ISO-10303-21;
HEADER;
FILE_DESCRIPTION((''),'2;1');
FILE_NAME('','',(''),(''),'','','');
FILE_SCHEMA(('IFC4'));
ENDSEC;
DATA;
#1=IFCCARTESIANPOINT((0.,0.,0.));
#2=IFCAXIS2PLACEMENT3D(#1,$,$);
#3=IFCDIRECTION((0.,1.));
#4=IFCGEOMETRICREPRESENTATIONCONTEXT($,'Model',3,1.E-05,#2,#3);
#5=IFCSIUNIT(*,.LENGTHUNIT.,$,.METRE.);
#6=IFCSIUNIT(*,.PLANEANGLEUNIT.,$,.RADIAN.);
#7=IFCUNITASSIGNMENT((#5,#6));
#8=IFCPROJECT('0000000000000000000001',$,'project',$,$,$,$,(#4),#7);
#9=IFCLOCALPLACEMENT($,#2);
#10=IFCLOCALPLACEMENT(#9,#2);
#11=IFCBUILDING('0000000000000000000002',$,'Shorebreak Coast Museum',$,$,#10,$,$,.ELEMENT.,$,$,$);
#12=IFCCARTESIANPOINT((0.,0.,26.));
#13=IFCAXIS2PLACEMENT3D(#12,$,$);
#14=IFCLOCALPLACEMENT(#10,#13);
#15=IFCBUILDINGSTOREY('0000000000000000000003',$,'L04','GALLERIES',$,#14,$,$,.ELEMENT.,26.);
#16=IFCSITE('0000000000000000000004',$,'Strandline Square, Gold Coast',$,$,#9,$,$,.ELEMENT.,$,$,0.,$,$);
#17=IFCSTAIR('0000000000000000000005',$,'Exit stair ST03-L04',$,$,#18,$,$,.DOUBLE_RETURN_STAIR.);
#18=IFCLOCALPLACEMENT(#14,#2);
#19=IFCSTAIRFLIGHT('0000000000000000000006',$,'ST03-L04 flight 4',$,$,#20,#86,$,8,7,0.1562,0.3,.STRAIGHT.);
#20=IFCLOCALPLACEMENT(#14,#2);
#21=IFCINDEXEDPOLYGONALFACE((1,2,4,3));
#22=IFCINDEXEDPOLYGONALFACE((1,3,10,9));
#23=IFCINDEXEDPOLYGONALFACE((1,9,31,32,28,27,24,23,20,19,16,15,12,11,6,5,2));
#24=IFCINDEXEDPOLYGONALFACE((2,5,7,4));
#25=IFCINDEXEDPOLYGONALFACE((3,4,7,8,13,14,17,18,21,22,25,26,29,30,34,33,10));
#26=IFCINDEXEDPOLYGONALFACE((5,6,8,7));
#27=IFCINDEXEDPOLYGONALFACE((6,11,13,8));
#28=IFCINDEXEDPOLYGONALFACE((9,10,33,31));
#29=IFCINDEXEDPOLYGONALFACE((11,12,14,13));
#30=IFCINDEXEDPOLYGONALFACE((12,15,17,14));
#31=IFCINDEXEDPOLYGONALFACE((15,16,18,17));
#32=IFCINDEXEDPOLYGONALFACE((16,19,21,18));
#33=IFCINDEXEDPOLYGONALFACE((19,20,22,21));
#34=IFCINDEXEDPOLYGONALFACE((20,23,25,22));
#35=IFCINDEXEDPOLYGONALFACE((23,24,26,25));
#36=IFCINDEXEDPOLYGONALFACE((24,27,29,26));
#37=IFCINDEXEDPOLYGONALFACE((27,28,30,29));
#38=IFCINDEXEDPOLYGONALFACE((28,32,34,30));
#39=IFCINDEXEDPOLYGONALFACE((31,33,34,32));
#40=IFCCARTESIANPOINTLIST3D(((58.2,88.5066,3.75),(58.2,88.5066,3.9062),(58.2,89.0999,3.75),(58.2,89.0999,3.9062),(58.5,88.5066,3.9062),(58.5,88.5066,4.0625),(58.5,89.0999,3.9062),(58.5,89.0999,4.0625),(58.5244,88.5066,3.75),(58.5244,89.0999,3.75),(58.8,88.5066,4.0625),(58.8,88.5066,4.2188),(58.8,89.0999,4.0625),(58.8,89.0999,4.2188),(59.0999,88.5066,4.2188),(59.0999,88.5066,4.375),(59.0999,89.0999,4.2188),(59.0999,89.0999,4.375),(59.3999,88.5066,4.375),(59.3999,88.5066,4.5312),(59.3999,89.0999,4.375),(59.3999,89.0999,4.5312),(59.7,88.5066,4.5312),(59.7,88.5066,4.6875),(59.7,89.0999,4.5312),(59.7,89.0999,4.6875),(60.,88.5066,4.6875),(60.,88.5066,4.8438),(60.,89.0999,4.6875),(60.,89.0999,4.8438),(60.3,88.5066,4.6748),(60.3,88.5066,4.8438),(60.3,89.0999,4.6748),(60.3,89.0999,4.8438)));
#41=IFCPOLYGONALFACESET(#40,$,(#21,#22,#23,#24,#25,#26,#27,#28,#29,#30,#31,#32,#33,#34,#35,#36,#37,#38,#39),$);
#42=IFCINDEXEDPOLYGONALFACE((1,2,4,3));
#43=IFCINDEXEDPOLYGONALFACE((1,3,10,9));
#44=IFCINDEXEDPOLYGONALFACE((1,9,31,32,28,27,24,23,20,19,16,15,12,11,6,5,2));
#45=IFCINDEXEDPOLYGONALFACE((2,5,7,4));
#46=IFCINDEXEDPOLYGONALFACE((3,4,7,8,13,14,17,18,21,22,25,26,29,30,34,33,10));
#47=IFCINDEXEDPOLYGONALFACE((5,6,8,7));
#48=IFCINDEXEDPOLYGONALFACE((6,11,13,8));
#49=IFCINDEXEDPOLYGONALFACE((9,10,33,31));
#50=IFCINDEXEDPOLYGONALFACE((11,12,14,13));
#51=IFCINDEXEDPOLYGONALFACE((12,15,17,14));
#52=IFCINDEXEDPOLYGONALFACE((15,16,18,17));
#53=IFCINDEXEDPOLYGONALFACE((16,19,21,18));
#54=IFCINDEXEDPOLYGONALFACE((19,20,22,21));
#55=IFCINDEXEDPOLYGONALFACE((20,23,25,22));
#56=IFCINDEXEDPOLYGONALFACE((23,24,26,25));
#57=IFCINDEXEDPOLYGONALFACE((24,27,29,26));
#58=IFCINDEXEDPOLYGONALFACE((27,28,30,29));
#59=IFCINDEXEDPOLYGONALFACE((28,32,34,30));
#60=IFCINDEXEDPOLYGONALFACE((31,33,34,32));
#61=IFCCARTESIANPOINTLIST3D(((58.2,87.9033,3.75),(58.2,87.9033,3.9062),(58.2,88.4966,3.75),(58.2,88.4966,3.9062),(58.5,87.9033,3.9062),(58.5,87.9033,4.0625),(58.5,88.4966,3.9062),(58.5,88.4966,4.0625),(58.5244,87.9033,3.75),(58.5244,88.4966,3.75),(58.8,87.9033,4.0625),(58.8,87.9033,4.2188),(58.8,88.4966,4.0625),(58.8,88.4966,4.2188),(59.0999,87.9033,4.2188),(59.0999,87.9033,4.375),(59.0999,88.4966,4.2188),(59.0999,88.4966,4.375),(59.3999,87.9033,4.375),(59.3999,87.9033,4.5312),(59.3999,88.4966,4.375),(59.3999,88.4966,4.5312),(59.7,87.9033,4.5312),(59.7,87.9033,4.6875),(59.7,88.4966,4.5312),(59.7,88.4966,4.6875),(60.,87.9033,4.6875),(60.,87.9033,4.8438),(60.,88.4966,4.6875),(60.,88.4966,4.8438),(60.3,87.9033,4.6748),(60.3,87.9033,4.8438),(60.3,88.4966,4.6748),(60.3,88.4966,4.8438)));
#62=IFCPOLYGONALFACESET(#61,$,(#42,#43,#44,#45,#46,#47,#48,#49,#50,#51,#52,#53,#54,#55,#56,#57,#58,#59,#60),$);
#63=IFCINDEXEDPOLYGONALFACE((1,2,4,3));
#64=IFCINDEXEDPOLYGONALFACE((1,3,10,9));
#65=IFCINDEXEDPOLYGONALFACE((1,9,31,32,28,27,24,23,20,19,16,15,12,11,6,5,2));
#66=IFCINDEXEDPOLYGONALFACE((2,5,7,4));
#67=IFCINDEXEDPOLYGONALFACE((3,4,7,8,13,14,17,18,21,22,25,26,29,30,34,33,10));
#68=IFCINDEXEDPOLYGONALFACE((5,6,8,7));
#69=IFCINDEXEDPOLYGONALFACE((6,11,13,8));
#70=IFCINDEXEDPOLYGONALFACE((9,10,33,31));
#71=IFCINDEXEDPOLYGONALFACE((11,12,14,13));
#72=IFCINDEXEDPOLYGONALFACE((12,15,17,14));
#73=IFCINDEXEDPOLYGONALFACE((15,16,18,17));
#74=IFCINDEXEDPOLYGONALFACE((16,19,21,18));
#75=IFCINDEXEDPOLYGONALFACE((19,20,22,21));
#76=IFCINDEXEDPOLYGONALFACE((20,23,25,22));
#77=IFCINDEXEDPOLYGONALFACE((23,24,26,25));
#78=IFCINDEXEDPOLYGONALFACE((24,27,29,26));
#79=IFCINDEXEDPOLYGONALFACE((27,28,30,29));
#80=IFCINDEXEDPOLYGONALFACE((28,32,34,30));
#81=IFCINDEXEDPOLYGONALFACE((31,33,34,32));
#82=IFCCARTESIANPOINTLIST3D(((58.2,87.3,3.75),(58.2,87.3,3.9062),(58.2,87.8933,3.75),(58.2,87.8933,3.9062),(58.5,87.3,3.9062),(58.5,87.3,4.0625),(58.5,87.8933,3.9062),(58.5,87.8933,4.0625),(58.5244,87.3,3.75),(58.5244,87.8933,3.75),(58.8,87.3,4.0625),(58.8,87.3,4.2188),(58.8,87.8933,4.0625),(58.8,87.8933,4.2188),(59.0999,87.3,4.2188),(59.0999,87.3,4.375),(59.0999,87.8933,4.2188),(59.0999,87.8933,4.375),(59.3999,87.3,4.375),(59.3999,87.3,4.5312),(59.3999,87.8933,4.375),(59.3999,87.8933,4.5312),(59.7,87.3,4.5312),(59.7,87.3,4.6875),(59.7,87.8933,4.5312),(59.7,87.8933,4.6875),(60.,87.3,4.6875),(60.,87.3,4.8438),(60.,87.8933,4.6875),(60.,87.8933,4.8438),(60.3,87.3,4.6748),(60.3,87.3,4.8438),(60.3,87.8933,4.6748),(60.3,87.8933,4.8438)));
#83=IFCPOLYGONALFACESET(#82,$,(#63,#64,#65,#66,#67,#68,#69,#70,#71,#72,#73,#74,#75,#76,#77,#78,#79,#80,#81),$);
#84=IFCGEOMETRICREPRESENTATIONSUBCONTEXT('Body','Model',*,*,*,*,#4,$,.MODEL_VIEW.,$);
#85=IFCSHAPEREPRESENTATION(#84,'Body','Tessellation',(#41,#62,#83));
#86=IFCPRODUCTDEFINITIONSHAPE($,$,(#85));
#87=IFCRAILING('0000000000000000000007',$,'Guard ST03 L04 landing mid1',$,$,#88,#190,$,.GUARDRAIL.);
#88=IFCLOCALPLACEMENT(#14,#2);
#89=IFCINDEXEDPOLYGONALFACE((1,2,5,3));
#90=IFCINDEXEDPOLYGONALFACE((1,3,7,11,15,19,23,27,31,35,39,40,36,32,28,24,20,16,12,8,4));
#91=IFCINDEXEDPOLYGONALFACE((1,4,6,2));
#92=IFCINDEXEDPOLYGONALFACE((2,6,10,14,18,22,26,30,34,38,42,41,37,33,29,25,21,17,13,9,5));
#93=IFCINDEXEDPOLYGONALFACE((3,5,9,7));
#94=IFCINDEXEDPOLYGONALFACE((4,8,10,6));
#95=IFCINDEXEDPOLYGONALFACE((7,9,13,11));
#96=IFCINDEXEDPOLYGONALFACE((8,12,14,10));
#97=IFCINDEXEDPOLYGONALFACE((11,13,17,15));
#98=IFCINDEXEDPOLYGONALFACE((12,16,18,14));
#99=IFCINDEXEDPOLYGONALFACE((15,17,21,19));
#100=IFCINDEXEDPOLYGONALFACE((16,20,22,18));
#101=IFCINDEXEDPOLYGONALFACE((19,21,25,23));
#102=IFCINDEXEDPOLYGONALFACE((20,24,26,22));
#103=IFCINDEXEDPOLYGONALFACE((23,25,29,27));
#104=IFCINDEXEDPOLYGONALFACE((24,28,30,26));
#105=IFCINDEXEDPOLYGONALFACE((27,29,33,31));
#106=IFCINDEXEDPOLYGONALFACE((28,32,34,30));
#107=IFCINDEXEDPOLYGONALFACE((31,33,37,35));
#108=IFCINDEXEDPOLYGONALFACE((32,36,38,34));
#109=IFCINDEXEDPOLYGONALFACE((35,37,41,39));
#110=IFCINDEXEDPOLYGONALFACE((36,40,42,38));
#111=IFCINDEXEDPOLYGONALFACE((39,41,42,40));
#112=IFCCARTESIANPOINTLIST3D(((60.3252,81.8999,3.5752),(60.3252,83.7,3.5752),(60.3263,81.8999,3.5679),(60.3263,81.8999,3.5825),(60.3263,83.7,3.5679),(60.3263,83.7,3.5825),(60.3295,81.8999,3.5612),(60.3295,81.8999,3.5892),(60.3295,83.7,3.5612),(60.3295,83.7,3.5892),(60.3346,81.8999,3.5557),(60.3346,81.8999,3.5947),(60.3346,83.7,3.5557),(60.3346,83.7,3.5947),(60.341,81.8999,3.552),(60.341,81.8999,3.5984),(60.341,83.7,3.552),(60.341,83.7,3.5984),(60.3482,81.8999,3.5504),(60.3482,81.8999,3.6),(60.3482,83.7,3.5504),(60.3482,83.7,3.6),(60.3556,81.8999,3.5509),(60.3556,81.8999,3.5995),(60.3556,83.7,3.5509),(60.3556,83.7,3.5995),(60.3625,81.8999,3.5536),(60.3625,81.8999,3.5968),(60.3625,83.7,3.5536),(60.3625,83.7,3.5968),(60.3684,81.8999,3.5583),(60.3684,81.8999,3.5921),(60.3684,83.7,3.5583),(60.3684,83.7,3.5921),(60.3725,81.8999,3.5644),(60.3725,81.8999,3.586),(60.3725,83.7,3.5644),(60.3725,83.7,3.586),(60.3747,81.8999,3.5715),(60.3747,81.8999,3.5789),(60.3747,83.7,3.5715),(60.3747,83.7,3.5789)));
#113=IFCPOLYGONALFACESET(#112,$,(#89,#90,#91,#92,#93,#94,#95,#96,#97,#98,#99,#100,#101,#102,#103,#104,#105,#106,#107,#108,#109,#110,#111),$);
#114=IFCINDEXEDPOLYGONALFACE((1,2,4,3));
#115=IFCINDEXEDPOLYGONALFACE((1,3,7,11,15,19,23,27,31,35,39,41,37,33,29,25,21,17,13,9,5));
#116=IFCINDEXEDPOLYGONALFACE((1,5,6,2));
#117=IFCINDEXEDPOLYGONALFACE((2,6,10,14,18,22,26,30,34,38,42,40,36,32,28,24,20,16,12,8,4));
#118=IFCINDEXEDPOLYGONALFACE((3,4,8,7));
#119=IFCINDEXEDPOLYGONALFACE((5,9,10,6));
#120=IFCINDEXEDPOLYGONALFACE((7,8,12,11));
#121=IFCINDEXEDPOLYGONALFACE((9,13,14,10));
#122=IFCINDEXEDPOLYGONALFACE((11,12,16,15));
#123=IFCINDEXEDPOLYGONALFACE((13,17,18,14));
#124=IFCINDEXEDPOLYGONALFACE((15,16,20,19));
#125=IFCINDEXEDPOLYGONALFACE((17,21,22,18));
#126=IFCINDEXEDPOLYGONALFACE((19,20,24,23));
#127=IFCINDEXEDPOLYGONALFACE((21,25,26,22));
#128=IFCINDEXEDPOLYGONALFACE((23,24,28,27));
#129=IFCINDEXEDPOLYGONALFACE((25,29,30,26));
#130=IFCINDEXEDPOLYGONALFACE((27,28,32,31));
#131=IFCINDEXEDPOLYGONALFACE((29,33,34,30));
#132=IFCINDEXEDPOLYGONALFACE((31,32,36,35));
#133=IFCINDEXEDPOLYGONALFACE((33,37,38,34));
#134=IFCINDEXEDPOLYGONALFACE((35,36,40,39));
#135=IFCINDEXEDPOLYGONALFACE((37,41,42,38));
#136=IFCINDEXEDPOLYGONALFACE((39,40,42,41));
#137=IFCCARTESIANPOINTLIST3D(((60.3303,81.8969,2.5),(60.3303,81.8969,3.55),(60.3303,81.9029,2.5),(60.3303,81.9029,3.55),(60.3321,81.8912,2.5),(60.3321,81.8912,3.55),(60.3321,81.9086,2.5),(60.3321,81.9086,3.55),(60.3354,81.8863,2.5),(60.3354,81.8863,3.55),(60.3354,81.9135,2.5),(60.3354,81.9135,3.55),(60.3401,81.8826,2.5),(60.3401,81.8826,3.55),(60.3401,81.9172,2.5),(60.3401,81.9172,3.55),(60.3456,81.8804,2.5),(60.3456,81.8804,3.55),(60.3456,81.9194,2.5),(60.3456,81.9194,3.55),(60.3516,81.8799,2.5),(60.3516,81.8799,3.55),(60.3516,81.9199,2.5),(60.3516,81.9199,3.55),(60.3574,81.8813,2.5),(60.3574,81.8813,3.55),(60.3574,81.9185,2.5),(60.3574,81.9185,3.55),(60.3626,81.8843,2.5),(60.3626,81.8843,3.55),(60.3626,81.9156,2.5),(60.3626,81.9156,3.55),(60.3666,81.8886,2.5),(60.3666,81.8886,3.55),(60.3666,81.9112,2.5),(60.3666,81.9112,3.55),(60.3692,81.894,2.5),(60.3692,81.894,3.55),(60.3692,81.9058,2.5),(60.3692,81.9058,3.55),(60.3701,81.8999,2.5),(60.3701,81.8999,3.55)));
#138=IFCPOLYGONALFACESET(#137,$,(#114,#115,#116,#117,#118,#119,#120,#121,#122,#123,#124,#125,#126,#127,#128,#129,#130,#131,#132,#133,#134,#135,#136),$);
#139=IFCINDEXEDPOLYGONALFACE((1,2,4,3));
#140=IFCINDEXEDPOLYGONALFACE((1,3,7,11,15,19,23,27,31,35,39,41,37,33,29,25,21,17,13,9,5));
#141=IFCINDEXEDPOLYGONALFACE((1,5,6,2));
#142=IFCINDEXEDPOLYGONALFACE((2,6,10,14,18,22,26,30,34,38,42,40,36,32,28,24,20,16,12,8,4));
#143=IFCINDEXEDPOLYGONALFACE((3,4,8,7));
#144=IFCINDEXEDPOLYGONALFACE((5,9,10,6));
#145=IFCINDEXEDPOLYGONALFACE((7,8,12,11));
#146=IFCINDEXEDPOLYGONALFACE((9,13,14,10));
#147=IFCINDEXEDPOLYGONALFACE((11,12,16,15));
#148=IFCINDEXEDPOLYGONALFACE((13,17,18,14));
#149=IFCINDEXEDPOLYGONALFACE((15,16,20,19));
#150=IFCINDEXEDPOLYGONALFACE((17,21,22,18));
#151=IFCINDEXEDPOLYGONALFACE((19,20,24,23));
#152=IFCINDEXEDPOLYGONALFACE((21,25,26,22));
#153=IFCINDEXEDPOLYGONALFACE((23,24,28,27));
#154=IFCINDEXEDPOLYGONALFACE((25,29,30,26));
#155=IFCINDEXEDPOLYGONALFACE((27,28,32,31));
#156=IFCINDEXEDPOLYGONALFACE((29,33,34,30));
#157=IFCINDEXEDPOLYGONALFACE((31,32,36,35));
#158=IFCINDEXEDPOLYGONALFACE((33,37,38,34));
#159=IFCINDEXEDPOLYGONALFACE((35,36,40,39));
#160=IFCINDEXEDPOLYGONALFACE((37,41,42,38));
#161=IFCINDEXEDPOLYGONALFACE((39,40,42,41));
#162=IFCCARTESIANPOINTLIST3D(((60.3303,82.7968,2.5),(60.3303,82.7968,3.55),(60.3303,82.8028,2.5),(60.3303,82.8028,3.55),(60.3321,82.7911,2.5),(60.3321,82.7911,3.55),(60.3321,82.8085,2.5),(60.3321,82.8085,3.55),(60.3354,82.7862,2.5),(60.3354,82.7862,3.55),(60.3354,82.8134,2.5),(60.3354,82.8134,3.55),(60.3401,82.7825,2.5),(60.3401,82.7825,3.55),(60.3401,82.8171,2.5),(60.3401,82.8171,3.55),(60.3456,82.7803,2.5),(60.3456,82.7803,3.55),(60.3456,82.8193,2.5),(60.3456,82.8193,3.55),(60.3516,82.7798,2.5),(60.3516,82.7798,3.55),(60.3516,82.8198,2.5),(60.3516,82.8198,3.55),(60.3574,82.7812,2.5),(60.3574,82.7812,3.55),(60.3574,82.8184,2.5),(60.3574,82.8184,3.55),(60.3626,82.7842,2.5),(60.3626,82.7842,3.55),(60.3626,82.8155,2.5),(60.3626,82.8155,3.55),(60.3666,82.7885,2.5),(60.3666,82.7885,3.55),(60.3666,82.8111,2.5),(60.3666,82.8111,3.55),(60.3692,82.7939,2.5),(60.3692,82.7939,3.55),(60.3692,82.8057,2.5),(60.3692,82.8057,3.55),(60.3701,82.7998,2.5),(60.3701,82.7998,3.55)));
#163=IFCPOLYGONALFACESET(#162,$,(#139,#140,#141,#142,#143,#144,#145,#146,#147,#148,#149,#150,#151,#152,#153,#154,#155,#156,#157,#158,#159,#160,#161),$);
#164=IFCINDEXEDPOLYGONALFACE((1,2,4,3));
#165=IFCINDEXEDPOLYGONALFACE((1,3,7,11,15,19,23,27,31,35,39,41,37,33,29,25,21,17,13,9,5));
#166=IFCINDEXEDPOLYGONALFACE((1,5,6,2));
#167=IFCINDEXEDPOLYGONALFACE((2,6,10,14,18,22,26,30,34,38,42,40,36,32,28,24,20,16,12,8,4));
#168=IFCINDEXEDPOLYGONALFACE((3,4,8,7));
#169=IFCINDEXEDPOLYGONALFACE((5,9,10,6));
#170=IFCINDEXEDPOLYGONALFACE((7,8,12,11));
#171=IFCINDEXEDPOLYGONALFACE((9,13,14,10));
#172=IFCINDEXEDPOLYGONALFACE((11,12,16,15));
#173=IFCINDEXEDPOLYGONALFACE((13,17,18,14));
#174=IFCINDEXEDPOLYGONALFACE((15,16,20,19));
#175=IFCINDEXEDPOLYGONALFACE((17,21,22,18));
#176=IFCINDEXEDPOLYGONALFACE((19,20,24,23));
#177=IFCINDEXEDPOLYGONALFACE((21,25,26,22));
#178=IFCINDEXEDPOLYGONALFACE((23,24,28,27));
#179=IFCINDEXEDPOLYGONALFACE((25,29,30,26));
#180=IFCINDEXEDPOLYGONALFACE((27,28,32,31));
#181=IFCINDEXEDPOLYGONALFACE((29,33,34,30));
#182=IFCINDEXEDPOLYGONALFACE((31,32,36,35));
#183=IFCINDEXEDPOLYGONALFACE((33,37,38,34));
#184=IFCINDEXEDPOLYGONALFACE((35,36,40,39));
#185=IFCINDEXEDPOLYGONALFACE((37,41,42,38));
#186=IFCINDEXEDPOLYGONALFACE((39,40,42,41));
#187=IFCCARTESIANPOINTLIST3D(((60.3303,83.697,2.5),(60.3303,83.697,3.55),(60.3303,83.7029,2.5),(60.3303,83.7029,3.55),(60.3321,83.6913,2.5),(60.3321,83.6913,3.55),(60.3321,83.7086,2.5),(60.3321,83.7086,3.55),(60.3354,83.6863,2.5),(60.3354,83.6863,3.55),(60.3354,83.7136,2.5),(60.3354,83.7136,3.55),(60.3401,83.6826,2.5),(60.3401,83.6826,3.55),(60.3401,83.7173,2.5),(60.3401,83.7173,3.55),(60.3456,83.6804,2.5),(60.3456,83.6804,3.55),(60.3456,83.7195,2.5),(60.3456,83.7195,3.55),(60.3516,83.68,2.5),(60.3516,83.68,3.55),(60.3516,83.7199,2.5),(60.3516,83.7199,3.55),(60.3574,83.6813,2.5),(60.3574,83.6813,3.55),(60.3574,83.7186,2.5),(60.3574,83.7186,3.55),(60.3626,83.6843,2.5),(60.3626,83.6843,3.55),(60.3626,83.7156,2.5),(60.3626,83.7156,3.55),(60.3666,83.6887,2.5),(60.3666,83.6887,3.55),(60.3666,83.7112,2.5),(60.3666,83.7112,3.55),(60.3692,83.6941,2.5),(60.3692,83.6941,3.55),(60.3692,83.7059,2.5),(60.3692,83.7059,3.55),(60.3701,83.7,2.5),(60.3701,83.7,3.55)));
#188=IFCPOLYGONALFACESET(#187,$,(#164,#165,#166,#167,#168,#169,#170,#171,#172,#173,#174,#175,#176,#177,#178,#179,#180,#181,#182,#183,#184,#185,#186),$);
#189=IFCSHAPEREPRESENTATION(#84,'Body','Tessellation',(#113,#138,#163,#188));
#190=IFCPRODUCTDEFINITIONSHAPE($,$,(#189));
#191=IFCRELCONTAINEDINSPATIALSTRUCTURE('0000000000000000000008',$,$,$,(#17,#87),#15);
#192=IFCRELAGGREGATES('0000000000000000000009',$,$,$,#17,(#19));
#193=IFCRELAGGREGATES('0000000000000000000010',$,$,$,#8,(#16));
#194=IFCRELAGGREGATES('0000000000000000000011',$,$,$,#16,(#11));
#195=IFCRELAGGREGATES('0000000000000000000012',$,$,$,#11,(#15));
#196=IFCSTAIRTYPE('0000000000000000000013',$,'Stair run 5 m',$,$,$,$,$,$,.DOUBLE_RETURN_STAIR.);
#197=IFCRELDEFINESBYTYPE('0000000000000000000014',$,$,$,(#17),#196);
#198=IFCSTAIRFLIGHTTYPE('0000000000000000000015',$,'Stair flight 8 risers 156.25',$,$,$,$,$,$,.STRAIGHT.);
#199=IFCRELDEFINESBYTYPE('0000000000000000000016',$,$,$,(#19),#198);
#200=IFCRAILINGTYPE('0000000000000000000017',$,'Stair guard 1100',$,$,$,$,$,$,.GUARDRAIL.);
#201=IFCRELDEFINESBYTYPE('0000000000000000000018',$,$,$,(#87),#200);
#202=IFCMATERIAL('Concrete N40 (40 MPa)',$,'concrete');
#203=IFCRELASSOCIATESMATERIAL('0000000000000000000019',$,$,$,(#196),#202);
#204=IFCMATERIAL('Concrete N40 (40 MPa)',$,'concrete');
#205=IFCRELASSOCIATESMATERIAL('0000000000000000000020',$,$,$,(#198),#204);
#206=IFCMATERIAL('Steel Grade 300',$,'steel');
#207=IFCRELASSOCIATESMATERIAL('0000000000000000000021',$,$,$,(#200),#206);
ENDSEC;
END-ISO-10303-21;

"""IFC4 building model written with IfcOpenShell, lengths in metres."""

from ifc_helpers import new_model, si_unit, direction, frame, origin, origin_2d, place, context, subcontext, project, spatial, polyline, circle, outline, extrude, material, type_object, element, aggregate, save


model = new_model("IFC4")

# Units and contexts
model_context = context("Model", 3, precision=1e-05, world=origin(), true_north=direction((0.0, 1.0)))
body_context = subcontext(model_context, "Body", "Model", "MODEL_VIEW")
ifc_project = project(units=[si_unit("LENGTHUNIT", "METRE"), si_unit("PLANEANGLEUNIT", "RADIAN")], contexts=[model_context])

# Site, building, storey
site_placement = place(None, origin())
site = spatial("IfcSite", under=ifc_project, at=site_placement, Name="Strandline Square, Gold Coast", CompositionType="ELEMENT", RefElevation=0.0)
building_placement = place(site_placement, origin())
building = spatial("IfcBuilding", under=site, at=building_placement, Name="Shorebreak Coast Museum", CompositionType="ELEMENT")
storey_placement = place(building_placement, frame((0.0, 0.0, 26.0)))
storey = spatial("IfcBuildingStorey", under=building, at=storey_placement, Name="L04", Description="GALLERIES", CompositionType="ELEMENT", Elevation=26.0)

# Stair, stair flight
ifc_material_1 = material(Name="Concrete N40 (40 MPa)", Category="concrete")
stair_type = type_object("IfcStairType", Name="Stair run 5 m", PredefinedType="DOUBLE_RETURN_STAIR", material=ifc_material_1)
stair_placement = place(storey_placement, origin())
stair = element("IfcStair", 1, at=stair_placement, inside=storey, type_object=stair_type, Name="Exit stair ST03-L04", PredefinedType="DOUBLE_RETURN_STAIR")
ifc_material_2 = material(Name="Concrete N40 (40 MPa)", Category="concrete")
stair_flight_type = type_object("IfcStairFlightType", Name="Stair flight 8 risers 156.25", PredefinedType="STRAIGHT", material=ifc_material_2)
stair_flight_1_placement = place(storey_placement, frame((58.2, 88.2, 3.75), z_axis=(0.0, 0.0, 1.0), x_axis=(1.0, 0.0, 0.0)))
stair_flight_1 = element("IfcStairFlight", 2, at=stair_flight_1_placement, type_object=stair_flight_type, Name="ST03-L04 flight 4", NumberOfRisers=8, NumberOfTreads=7, PredefinedType="STRAIGHT", RiserHeight=0.1562, TreadLength=0.3, context=body_context, shape_type="SweptSolid", body=[
    extrude(outline(polyline([(0.0, 0.0), (0.0, 0.1562), (0.3, 0.1562), (0.3, 0.3125), (0.6001, 0.3125), (0.6001, 0.4688), (0.8999, 0.4688), (0.8999, 0.625), (1.2, 0.625), (1.2, 0.7812), (1.5, 0.7812), (1.5, 0.9375), (1.8, 0.9375), (1.8, 1.0938), (2.1001, 1.0938), (2.1001, 1.25), (2.1001, 0.9248), (0.3245, 0.0), (0.0, 0.0)])), frame((0.0, 0.8999, 0.0), z_axis=(0.0, -1.0, 0.0), x_axis=(1.0, 0.0, 0.0)), (0.0, 0.0, 1.0), 0.5933),
    extrude(outline(polyline([(0.0, 0.0), (0.0, 0.1562), (0.3, 0.1562), (0.3, 0.3125), (0.6001, 0.3125), (0.6001, 0.4688), (0.8999, 0.4688), (0.8999, 0.625), (1.2, 0.625), (1.2, 0.7812), (1.5, 0.7812), (1.5, 0.9375), (1.8, 0.9375), (1.8, 1.0938), (2.1001, 1.0938), (2.1001, 1.25), (2.1001, 0.9248), (0.3245, 0.0), (0.0, 0.0)])), frame((0.0, 0.2966, 0.0), z_axis=(0.0, -1.0, 0.0), x_axis=(1.0, 0.0, 0.0)), (0.0, 0.0, 1.0), 0.5933),
    extrude(outline(polyline([(0.0, 0.0), (0.0, 0.1562), (0.3, 0.1562), (0.3, 0.3125), (0.6001, 0.3125), (0.6001, 0.4688), (0.8999, 0.4688), (0.8999, 0.625), (1.2, 0.625), (1.2, 0.7812), (1.5, 0.7812), (1.5, 0.9375), (1.8, 0.9375), (1.8, 1.0938), (2.1001, 1.0938), (2.1001, 1.25), (2.1001, 0.9248), (0.3245, 0.0), (0.0, 0.0)])), frame((0.0, -0.3066, 0.0), z_axis=(0.0, -1.0, 0.0), x_axis=(1.0, 0.0, 0.0)), (0.0, 0.0, 1.0), 0.5933),
])
aggregate(stair, [stair_flight_1])

# Railing
ifc_material_3 = material(Name="Steel Grade 300", Category="steel")
railing_type_1 = type_object("IfcRailingType", Name="Stair guard 1100", PredefinedType="GUARDRAIL", material=ifc_material_3)
for number, where, name in (
    (3, (60.3501, 81.8999, 2.5), "Guard ST03 L04 landing mid1"),
):
    element("IfcRailing", number, at=place(storey_placement, frame(where)), inside=storey, type_object=railing_type_1, Name=name, PredefinedType="GUARDRAIL", context=body_context, shape_type="SweptSolid", body=[
        extrude(circle(Radius=0.0249, at=origin_2d()), frame((0.0, 0.0, 1.0752), z_axis=(0.0, 1.0, 0.0), x_axis=(-1.0, 0.0, 0.0)), (0.0, 0.0, 1.0), 1.8),
        extrude(circle(Radius=0.02, at=origin_2d()), origin(), (0.0, 0.0, 1.0), 1.05),
        extrude(circle(Radius=0.02, at=origin_2d()), frame((0.0, 0.8999, 0.0)), (0.0, 0.0, 1.0), 1.05),
        extrude(circle(Radius=0.02, at=origin_2d()), frame((0.0, 1.8, 0.0)), (0.0, 0.0, 1.0), 1.05),
    ])

save(model, "model.ifc")
